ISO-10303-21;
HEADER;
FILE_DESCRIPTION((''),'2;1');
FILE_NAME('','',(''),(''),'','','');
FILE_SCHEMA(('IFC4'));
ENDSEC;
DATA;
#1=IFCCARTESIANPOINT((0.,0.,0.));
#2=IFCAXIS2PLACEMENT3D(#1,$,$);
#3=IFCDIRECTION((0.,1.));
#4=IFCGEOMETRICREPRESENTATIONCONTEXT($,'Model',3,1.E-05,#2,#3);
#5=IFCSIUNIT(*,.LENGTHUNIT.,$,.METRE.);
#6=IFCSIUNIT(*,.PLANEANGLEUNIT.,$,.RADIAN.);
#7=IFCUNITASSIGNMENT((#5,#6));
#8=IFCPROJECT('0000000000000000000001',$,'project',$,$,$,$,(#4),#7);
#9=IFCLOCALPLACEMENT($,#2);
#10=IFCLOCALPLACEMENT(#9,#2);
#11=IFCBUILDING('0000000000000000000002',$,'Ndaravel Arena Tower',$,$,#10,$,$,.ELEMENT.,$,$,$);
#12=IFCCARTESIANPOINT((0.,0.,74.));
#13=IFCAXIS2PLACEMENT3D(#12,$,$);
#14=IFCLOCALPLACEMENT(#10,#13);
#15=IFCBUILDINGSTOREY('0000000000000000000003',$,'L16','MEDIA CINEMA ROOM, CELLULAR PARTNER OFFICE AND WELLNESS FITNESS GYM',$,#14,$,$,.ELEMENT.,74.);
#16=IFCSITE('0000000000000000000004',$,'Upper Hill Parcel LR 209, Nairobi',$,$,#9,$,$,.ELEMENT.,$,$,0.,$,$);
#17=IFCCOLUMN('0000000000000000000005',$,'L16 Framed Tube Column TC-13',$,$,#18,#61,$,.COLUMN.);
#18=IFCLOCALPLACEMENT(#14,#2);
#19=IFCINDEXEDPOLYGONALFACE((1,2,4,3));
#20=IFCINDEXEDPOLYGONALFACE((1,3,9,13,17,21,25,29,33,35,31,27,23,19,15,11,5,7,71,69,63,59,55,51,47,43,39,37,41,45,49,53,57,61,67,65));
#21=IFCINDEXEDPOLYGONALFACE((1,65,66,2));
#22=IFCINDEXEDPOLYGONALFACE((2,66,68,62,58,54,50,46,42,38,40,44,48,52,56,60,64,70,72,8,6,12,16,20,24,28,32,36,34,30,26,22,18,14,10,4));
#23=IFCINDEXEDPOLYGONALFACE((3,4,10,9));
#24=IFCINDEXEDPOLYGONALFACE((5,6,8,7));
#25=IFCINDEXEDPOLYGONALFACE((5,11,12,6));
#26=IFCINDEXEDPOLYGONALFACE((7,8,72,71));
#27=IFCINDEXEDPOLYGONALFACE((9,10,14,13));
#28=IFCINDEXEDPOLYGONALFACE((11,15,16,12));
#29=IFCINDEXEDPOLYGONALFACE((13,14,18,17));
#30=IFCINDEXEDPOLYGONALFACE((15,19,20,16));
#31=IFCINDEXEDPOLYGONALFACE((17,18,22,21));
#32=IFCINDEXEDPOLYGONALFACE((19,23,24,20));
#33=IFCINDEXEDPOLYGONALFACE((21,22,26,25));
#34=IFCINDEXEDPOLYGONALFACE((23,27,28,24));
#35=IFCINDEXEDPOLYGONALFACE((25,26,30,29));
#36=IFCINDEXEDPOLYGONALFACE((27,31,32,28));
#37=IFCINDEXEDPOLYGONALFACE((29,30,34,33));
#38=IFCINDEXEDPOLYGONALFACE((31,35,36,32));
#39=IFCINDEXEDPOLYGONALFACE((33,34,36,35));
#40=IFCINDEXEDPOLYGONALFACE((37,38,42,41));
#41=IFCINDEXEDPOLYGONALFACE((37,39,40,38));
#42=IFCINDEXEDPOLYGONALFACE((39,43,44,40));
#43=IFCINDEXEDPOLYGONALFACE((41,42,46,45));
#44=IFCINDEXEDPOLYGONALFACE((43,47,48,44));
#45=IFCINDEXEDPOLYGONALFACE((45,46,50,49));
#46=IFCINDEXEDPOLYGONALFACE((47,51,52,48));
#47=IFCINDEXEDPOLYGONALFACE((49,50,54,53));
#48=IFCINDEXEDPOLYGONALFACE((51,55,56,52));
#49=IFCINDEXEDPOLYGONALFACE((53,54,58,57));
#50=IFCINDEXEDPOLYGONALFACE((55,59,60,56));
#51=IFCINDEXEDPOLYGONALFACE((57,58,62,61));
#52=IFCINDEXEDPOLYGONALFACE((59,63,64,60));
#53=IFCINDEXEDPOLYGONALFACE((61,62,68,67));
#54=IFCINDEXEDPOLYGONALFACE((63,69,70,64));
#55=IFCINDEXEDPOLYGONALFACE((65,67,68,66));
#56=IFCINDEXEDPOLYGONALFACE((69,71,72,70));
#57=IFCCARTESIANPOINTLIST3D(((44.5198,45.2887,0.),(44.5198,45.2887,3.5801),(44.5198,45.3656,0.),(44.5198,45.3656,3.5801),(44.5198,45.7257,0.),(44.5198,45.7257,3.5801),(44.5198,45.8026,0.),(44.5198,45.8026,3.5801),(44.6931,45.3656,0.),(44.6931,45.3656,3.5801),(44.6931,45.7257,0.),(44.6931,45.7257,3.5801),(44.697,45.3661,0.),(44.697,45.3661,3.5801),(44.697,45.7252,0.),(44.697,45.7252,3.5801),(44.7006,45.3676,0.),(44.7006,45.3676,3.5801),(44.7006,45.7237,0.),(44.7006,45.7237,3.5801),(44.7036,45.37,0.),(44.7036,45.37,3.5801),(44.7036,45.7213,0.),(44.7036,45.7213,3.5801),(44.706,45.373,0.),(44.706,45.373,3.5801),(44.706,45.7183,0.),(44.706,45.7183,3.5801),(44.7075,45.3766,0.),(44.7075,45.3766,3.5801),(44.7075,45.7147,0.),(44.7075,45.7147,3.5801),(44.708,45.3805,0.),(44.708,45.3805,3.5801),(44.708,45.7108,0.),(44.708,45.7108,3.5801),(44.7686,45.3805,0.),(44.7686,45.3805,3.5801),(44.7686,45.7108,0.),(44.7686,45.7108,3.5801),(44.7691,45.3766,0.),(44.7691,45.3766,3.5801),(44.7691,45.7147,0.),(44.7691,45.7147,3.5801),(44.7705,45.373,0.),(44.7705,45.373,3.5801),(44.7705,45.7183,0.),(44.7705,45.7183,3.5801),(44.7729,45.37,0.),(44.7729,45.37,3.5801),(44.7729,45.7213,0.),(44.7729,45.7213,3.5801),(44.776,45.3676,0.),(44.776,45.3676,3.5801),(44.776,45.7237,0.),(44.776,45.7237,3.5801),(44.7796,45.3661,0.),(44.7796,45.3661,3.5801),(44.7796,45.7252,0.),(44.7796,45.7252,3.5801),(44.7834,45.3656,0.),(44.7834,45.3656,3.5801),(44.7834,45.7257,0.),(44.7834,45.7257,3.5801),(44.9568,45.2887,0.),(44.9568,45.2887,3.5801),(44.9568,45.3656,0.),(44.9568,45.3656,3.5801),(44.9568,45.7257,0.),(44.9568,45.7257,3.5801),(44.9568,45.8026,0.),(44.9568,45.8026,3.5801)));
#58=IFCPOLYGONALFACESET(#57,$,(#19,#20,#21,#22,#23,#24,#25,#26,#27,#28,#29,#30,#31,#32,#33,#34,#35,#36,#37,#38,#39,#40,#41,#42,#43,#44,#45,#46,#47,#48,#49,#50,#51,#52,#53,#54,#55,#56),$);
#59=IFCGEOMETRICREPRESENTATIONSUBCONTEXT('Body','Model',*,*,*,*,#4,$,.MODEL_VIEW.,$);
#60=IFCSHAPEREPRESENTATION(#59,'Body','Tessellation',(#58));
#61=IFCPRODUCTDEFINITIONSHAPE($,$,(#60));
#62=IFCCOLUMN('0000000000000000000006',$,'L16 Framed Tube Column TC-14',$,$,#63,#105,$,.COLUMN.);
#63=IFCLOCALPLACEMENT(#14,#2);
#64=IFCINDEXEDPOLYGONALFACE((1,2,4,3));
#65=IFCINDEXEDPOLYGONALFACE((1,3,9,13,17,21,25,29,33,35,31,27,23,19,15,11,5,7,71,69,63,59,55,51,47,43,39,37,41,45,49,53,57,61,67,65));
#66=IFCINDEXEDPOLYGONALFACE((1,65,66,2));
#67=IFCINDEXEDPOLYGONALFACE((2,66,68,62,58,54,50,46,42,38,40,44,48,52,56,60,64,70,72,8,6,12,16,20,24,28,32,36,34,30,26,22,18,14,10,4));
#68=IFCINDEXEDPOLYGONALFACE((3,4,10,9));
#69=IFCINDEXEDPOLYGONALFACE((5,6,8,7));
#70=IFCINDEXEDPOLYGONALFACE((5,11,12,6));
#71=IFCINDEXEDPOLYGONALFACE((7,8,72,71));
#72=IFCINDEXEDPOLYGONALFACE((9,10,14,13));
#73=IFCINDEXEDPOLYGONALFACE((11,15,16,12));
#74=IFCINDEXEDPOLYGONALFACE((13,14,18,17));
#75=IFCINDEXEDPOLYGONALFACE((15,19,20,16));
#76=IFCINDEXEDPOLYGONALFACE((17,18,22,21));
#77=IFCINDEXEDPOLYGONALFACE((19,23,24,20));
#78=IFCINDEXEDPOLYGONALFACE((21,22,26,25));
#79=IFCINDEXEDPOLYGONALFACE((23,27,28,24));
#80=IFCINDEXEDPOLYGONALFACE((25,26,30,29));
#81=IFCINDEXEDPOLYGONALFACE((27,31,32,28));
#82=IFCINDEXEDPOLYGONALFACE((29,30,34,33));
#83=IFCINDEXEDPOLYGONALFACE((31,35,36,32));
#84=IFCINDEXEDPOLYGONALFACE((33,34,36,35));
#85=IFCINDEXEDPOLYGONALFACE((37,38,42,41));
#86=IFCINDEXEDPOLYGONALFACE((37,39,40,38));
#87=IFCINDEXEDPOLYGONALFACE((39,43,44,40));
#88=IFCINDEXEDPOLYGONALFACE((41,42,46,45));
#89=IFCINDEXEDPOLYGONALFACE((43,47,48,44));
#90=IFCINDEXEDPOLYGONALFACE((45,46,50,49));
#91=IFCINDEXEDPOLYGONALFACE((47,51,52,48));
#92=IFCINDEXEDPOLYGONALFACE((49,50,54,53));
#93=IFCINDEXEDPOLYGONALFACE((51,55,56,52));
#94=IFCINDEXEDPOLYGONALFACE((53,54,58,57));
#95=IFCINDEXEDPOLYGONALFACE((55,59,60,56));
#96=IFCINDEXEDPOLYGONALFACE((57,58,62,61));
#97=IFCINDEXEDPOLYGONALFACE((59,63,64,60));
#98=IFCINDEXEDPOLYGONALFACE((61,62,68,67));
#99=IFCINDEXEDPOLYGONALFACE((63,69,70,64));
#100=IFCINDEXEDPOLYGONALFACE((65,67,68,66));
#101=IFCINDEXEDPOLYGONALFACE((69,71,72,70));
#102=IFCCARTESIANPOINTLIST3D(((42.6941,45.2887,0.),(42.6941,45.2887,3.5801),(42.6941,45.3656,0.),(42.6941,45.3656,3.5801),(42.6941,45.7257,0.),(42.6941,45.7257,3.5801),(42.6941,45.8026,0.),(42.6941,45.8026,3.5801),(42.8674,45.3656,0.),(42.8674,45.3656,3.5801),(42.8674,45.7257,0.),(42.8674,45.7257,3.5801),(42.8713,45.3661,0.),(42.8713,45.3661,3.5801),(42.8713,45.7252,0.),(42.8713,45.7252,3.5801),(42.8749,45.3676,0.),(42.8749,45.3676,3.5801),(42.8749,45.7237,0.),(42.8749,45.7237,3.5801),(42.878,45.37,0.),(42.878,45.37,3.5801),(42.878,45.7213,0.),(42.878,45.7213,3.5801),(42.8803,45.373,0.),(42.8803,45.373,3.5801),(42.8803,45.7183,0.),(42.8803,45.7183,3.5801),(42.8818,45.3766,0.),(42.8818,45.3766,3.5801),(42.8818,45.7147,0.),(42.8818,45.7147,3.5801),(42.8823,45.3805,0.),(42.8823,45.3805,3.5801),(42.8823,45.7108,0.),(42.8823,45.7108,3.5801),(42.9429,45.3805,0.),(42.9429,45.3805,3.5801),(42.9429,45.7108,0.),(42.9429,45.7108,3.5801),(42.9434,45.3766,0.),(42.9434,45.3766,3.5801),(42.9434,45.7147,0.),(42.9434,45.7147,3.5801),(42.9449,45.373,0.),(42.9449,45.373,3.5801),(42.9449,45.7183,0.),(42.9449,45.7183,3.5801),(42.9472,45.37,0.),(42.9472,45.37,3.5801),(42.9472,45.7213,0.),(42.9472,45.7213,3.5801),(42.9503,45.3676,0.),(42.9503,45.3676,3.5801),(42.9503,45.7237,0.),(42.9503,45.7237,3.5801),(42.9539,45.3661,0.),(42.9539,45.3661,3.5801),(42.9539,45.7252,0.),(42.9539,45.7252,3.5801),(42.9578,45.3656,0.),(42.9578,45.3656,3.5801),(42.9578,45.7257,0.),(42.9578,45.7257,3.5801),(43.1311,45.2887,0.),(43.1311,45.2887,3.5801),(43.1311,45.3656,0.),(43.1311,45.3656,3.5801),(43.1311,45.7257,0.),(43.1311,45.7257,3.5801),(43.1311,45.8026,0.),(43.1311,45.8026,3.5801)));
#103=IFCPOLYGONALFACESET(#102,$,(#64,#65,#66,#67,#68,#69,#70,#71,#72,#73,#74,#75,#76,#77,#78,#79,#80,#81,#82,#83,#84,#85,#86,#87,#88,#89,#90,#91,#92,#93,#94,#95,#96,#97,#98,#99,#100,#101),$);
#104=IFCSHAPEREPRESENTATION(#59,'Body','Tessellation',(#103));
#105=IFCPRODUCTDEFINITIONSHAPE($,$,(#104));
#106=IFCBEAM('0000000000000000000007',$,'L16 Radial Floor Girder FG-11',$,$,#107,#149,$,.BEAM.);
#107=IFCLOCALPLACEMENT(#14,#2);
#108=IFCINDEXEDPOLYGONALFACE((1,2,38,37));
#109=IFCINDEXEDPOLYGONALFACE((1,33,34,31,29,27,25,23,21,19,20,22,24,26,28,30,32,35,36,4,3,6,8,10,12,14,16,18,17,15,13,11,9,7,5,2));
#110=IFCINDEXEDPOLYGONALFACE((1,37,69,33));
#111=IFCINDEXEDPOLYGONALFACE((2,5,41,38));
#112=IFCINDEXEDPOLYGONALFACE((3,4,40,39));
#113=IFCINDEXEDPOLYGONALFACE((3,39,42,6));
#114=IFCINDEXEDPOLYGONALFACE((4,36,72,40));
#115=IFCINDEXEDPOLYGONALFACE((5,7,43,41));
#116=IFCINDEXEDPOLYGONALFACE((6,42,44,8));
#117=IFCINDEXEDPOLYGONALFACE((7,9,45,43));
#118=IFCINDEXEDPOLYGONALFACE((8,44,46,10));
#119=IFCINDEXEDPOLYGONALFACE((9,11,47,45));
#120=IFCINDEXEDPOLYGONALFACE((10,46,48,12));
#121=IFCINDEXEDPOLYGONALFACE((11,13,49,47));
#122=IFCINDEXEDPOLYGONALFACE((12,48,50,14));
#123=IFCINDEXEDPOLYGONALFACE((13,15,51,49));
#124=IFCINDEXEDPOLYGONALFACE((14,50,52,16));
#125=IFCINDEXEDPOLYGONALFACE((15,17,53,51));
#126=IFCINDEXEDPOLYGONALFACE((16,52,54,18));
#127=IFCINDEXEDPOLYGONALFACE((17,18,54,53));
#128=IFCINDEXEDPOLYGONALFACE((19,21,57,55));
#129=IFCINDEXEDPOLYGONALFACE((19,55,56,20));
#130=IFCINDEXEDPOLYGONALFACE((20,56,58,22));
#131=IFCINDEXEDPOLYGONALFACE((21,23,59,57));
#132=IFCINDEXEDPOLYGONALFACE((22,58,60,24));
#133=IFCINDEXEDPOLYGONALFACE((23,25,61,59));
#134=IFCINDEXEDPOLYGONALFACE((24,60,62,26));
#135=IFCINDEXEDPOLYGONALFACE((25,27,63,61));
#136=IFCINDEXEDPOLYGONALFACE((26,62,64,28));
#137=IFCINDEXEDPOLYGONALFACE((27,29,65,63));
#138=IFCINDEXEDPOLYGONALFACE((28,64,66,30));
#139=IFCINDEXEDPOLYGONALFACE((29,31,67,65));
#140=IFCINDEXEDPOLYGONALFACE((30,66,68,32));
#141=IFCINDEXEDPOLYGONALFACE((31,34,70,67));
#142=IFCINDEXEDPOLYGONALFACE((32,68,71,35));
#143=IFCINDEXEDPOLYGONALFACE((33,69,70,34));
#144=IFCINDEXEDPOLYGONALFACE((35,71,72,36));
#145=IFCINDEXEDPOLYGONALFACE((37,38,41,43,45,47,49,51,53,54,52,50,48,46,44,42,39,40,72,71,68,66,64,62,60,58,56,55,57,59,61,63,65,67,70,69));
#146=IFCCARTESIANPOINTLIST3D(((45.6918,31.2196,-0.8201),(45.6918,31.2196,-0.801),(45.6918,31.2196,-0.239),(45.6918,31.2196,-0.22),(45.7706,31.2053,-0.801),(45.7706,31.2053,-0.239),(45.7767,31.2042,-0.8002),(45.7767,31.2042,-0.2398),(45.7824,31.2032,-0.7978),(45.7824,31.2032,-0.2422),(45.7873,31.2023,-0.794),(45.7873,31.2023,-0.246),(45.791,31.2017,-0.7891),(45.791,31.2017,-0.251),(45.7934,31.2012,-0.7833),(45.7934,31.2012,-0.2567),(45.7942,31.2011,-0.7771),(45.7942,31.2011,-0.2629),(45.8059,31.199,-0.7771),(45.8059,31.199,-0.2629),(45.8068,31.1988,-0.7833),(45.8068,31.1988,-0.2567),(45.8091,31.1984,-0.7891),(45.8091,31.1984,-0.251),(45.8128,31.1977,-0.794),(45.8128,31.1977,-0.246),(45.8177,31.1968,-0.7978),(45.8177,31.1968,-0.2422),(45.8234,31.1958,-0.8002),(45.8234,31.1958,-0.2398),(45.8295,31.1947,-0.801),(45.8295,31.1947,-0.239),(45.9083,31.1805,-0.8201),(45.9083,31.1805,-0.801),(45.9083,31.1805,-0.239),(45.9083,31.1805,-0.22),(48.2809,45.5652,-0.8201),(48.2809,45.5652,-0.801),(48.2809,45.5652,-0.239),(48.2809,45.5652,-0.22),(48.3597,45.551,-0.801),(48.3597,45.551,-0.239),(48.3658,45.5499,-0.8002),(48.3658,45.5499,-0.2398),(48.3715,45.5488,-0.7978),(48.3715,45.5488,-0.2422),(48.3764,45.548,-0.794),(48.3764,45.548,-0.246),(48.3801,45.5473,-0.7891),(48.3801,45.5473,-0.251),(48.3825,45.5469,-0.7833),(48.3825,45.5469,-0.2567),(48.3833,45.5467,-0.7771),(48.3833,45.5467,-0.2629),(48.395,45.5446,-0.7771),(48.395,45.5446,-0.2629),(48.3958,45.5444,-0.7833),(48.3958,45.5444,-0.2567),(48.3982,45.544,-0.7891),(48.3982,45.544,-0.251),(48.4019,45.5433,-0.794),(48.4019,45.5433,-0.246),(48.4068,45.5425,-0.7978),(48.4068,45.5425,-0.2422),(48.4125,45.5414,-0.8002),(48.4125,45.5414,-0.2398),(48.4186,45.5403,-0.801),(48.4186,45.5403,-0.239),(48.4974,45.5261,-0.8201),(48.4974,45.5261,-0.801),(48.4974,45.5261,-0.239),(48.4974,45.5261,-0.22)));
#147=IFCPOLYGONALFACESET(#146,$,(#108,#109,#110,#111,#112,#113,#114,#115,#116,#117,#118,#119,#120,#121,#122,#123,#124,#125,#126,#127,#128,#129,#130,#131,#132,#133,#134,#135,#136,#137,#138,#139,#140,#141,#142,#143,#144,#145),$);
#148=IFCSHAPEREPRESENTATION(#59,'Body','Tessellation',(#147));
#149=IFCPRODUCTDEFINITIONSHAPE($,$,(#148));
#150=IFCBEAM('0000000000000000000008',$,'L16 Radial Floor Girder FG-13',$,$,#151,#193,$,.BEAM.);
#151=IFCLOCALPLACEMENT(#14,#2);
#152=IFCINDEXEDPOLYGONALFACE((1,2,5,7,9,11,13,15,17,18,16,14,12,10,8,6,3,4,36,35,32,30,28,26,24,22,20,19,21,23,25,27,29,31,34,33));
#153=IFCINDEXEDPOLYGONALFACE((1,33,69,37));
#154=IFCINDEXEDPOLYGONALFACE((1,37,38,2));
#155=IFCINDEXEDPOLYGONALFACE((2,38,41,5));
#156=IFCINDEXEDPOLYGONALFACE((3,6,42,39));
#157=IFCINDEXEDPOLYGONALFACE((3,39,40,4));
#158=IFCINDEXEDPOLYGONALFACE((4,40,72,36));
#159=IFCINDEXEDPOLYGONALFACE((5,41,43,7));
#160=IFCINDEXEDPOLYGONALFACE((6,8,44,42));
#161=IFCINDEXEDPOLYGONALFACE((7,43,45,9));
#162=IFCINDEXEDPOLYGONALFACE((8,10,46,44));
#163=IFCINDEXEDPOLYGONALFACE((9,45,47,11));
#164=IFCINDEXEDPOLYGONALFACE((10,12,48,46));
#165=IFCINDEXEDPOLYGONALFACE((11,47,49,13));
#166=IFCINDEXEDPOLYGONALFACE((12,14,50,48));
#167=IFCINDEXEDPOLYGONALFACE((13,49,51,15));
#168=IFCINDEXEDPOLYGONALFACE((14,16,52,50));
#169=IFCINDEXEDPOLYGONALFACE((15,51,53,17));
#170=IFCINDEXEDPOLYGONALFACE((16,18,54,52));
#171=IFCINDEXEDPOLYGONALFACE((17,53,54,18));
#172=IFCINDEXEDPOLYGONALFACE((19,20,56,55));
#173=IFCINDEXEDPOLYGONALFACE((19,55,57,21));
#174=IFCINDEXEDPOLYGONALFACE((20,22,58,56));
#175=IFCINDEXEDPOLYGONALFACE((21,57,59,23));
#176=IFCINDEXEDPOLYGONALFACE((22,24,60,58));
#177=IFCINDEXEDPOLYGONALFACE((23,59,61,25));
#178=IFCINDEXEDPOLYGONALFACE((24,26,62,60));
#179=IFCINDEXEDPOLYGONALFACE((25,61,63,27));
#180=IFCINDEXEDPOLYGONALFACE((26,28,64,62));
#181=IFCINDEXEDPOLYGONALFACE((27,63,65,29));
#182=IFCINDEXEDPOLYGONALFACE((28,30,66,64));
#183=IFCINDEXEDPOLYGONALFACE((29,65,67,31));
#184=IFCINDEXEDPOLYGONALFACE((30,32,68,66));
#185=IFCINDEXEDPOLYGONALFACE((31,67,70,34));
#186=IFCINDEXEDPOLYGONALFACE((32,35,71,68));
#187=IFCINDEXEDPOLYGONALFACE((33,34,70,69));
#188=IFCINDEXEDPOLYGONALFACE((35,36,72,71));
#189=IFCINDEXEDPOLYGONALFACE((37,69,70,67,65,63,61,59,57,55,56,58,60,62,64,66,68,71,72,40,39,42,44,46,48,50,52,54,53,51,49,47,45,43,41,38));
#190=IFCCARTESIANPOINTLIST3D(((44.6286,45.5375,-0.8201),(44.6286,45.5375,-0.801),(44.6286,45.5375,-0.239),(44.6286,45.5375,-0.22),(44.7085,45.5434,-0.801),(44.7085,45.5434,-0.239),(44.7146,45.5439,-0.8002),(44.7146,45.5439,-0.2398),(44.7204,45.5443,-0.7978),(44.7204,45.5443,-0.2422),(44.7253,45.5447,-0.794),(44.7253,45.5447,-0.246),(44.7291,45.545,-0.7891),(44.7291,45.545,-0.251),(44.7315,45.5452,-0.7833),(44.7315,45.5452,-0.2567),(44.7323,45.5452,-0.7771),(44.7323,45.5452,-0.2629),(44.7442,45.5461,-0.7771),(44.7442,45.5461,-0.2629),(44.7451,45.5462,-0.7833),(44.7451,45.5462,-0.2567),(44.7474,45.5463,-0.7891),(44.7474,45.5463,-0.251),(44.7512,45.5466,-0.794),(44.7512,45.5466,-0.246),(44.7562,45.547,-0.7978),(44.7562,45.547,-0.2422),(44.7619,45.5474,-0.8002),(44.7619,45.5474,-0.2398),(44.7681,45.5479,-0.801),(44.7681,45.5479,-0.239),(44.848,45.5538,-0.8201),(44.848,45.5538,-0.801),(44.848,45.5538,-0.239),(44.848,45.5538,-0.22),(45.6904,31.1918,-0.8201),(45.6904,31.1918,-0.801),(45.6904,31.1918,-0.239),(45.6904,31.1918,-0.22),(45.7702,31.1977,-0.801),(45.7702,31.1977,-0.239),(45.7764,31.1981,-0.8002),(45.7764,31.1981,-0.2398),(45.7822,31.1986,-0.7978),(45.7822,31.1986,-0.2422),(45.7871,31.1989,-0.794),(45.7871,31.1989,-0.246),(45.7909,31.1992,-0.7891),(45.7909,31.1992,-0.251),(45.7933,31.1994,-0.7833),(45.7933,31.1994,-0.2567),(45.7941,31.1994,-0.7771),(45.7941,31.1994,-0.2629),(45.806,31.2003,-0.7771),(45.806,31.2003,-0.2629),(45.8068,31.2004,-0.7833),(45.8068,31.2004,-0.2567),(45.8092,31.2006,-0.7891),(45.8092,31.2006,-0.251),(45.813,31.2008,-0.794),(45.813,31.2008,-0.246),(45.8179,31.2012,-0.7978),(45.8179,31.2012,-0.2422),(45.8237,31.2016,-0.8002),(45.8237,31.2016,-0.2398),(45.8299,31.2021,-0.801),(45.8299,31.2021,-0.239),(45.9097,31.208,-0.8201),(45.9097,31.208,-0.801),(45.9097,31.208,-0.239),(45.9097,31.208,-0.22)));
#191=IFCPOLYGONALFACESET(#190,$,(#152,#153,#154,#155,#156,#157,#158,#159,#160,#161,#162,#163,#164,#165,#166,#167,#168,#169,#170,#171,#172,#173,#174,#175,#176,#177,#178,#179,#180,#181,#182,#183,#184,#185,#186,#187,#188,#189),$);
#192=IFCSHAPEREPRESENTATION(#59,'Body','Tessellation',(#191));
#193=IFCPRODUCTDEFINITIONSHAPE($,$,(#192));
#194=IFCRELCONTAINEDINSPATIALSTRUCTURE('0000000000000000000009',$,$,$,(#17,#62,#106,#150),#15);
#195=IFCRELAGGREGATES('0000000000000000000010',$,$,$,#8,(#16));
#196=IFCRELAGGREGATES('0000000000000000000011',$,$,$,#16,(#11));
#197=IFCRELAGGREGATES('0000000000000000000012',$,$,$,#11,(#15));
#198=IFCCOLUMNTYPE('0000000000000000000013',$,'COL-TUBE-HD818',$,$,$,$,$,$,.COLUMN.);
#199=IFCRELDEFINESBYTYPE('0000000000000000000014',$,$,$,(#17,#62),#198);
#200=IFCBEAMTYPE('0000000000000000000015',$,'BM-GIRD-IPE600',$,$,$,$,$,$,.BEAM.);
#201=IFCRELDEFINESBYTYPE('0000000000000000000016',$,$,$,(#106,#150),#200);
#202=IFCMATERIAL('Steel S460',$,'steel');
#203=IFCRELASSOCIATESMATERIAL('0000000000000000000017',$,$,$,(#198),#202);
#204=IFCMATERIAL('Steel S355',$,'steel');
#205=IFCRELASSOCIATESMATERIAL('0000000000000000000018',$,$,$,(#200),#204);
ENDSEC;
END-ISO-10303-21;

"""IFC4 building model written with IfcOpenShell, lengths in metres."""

from ifc_helpers import new_model, si_unit, direction, frame, origin, origin_2d, place, context, subcontext, project, spatial, i_section, extrude, material, material_profile, profile_set, type_object, element, save


model = new_model("IFC4")

# Units and contexts
model_context = context("Model", 3, precision=1e-05, world=origin(), true_north=direction((0.0, 1.0)))
body_context = subcontext(model_context, "Body", "Model", "MODEL_VIEW")
ifc_project = project(units=[si_unit("LENGTHUNIT", "METRE"), si_unit("PLANEANGLEUNIT", "RADIAN")], contexts=[model_context])

# Site, building, storey
site_placement = place(None, origin())
site = spatial("IfcSite", under=ifc_project, at=site_placement, Name="Upper Hill Parcel LR 209, Nairobi", CompositionType="ELEMENT", RefElevation=0.0)
building_placement = place(site_placement, origin())
building = spatial("IfcBuilding", under=site, at=building_placement, Name="Ndaravel Arena Tower", CompositionType="ELEMENT")
storey_placement = place(building_placement, frame((0.0, 0.0, 74.0)))
storey = spatial("IfcBuildingStorey", under=building, at=storey_placement, Name="L16", Description="MEDIA CINEMA ROOM, CELLULAR PARTNER OFFICE AND WELLNESS FITNESS GYM", CompositionType="ELEMENT", Elevation=74.0)

# Columns
ifc_material_1 = material(Name="Steel S460", Category="steel")
ifc_material_profile_1 = material_profile(ifc_material_1, i_section(OverallWidth=0.437, OverallDepth=0.5139, WebThickness=0.0605, FlangeThickness=0.0769, FilletRadius=0.0149, at=origin_2d()), Name="HD 400x818")
ifc_profile_set_1 = profile_set([ifc_material_profile_1], Name="Steel S460")
column_type_1 = type_object("IfcColumnType", Name="COL-TUBE-HD818", PredefinedType="COLUMN", material=ifc_profile_set_1)
for number, where, z_axis, x_axis, name in (
    (1, (44.7383, 45.5457, 0.0), (0.0, 0.0, 1.0), (1.0, 0.0, 0.0), "L16 Framed Tube Column TC-13"),
    (2, (42.9126, 45.5457, 0.0), (0.0, 0.0, 1.0), (1.0, 0.0, 0.0), "L16 Framed Tube Column TC-14"),
):
    element("IfcColumn", number, at=place(storey_placement, frame(where, z_axis=z_axis, x_axis=x_axis)), inside=storey, type_object=column_type_1, Name=name, PredefinedType="COLUMN", context=body_context, shape_type="SweptSolid", body=[
        extrude(i_section(OverallWidth=0.437, OverallDepth=0.5139, WebThickness=0.0605, FlangeThickness=0.0769, FilletRadius=0.0149, at=origin_2d()), origin(), (0.0, 0.0, 1.0), 3.5801),
    ])

# Beams
ifc_material_2 = material(Name="Steel S355", Category="steel")
ifc_material_profile_2 = material_profile(ifc_material_2, i_section(OverallWidth=0.22, OverallDepth=0.6001, WebThickness=0.012, FlangeThickness=0.019, FilletRadius=0.0239, at=origin_2d()), Name="IPE 600")
ifc_profile_set_2 = profile_set([ifc_material_profile_2], Name="Steel S355")
beam_type_1 = type_object("IfcBeamType", Name="BM-GIRD-IPE600", PredefinedType="BEAM", material=ifc_profile_set_2)
beam_1_placement = place(storey_placement, frame((48.3892, 45.5457, -0.52), z_axis=(-0.17761, -0.984101, 0.0), x_axis=(0.984101, -0.17761, 0.0)))
element("IfcBeam", 3, at=beam_1_placement, inside=storey, type_object=beam_type_1, Name="L16 Radial Floor Girder FG-11", PredefinedType="BEAM", context=body_context, shape_type="SweptSolid", body=[
    extrude(i_section(OverallWidth=0.22, OverallDepth=0.6001, WebThickness=0.012, FlangeThickness=0.019, FilletRadius=0.0239, at=origin_2d()), origin(), (0.0, 0.0, 1.0), 14.5774),
])
beam_2_placement = place(storey_placement, frame((44.7383, 45.5457, -0.52), z_axis=(0.073811, -0.997272, 0.0), x_axis=(0.997272, 0.073811, 0.0)))
element("IfcBeam", 4, at=beam_2_placement, inside=storey, type_object=beam_type_1, Name="L16 Radial Floor Girder FG-13", PredefinedType="BEAM", context=body_context, shape_type="SweptSolid", body=[
    extrude(i_section(OverallWidth=0.22, OverallDepth=0.6001, WebThickness=0.012, FlangeThickness=0.019, FilletRadius=0.0239, at=origin_2d()), origin(), (0.0, 0.0, 1.0), 14.385),
])

save(model, "model.ifc")
